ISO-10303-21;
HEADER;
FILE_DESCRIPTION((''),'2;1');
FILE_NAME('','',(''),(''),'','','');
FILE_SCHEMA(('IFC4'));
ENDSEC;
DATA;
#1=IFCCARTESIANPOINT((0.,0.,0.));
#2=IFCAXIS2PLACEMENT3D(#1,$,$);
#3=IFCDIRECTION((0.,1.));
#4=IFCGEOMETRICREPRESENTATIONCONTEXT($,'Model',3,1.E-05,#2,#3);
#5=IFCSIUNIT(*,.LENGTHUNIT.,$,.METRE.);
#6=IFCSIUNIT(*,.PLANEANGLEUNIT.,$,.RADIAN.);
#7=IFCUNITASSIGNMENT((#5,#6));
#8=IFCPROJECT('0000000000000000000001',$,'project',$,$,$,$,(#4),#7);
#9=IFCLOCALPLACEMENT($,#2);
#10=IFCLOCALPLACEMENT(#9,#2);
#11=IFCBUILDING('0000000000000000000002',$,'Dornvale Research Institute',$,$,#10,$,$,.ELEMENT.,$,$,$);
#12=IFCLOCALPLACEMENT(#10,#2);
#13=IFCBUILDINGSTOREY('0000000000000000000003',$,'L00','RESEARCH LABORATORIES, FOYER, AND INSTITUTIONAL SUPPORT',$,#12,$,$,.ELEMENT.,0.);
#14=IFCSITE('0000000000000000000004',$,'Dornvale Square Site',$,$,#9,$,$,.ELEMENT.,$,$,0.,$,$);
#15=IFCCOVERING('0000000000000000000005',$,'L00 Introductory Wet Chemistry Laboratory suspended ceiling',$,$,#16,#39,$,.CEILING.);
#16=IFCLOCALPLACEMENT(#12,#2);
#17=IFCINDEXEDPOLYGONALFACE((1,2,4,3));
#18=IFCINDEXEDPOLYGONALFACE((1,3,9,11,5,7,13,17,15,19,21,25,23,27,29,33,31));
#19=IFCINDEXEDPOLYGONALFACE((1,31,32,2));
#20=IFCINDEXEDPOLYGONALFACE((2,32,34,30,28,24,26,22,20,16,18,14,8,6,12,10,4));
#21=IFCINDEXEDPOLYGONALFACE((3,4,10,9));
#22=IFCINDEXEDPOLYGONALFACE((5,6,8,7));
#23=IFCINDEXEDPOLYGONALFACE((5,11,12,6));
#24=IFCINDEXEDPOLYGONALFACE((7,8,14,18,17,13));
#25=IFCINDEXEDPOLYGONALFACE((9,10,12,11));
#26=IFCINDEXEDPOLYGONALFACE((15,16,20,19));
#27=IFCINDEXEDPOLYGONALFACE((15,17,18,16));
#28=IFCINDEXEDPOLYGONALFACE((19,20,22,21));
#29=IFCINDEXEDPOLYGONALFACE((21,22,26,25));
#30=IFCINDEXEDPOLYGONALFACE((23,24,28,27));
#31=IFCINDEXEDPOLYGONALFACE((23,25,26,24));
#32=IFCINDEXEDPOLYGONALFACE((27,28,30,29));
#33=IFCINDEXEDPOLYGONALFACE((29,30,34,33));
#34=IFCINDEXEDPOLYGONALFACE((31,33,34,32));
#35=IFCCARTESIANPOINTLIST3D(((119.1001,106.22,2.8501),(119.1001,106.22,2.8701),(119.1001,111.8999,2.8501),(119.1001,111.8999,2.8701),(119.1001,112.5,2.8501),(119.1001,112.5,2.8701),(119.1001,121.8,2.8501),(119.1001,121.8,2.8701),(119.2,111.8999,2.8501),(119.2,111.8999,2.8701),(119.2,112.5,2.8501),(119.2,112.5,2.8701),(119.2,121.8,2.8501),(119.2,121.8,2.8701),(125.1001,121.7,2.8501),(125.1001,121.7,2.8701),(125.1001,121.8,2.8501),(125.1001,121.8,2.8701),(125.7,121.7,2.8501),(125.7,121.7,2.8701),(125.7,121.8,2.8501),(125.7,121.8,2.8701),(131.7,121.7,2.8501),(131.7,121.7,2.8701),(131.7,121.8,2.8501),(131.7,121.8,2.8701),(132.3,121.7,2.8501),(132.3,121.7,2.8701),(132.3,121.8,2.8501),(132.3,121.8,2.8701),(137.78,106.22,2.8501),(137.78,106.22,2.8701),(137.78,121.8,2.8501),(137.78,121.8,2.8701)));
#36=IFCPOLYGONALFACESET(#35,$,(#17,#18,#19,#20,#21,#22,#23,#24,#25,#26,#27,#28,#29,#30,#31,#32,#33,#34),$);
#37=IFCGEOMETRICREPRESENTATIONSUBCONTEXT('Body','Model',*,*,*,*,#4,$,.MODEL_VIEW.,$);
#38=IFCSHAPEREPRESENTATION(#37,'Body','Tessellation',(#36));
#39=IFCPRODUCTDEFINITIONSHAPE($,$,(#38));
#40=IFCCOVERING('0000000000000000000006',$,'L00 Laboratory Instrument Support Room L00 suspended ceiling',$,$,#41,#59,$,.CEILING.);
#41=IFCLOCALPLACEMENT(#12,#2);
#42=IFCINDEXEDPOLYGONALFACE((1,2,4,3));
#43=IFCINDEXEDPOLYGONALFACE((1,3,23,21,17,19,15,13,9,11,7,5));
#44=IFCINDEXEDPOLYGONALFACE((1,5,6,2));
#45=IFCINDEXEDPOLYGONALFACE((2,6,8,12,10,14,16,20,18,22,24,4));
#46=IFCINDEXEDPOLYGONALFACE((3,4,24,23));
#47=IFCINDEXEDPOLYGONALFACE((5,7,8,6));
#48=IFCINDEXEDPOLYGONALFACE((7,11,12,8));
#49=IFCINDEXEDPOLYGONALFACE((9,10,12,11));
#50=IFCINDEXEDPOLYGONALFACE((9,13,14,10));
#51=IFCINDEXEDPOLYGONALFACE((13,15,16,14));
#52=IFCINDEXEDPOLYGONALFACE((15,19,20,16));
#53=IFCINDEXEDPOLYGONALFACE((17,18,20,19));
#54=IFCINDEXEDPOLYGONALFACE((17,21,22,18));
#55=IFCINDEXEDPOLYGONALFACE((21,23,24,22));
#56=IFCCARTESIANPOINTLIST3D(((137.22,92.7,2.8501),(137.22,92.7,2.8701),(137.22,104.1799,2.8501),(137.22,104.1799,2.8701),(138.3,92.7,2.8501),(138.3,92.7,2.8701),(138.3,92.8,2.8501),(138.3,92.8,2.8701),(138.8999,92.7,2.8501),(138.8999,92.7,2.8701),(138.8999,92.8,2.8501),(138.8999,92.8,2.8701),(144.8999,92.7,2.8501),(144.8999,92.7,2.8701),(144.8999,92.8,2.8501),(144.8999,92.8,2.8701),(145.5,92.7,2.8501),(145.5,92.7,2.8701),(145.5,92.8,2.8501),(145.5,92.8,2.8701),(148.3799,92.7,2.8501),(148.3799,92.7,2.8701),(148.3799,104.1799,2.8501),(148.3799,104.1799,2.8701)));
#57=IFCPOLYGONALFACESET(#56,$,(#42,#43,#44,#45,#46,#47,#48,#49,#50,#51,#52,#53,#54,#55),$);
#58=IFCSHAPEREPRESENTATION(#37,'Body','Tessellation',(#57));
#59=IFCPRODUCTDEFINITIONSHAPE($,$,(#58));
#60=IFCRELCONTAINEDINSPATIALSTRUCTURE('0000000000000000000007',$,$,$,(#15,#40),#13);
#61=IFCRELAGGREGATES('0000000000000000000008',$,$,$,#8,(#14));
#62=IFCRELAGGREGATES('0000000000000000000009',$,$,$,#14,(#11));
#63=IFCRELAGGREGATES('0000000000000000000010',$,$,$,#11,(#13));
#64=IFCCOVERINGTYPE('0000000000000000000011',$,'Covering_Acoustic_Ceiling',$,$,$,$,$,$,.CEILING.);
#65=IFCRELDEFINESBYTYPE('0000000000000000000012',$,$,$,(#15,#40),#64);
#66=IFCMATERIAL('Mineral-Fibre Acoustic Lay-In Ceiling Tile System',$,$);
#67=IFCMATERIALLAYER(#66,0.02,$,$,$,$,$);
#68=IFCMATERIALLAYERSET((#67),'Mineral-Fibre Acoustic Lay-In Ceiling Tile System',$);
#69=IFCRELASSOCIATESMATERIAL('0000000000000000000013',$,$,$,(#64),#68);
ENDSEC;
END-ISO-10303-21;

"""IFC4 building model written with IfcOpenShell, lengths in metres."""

from ifc_helpers import new_model, si_unit, direction, frame, origin, place, context, subcontext, project, spatial, polyline, outline, extrude, material, layer, layer_set, type_object, element, save


model = new_model("IFC4")

# Units and contexts
model_context = context("Model", 3, precision=1e-05, world=origin(), true_north=direction((0.0, 1.0)))
body_context = subcontext(model_context, "Body", "Model", "MODEL_VIEW")
ifc_project = project(units=[si_unit("LENGTHUNIT", "METRE"), si_unit("PLANEANGLEUNIT", "RADIAN")], contexts=[model_context])

# Site, building, storey
site_placement = place(None, origin())
site = spatial("IfcSite", under=ifc_project, at=site_placement, Name="Dornvale Square Site", CompositionType="ELEMENT", RefElevation=0.0)
building_placement = place(site_placement, origin())
building = spatial("IfcBuilding", under=site, at=building_placement, Name="Dornvale Research Institute", CompositionType="ELEMENT")
storey_placement = place(building_placement, origin())
storey = spatial("IfcBuildingStorey", under=building, at=storey_placement, Name="L00", Description="RESEARCH LABORATORIES, FOYER, AND INSTITUTIONAL SUPPORT", CompositionType="ELEMENT", Elevation=0.0)

# Coverings
ifc_material_1 = material(Name="Mineral-Fibre Acoustic Lay-In Ceiling Tile System")
ifc_layer_1 = layer(ifc_material_1, 0.02)
ifc_layer_set_1 = layer_set([ifc_layer_1], Name="Mineral-Fibre Acoustic Lay-In Ceiling Tile System")
covering_type = type_object("IfcCoveringType", Name="Covering_Acoustic_Ceiling", PredefinedType="CEILING", material=ifc_layer_set_1)
covering_1_placement = place(storey_placement, frame((0.0, 0.0, 2.8501)))
element("IfcCovering", 1, at=covering_1_placement, inside=storey, type_object=covering_type, Name="L00 Introductory Wet Chemistry Laboratory suspended ceiling", PredefinedType="CEILING", context=body_context, shape_type="SweptSolid", body=[
    extrude(outline(polyline([(132.3, 121.8), (137.78, 121.8), (137.78, 106.22), (119.1001, 106.22), (119.1001, 111.8999), (119.2, 111.8999), (119.2, 112.5), (119.1001, 112.5), (119.1001, 121.8), (119.2, 121.8), (125.1001, 121.8), (125.1001, 121.7), (125.7, 121.7), (125.7, 121.8), (131.7, 121.8), (131.7, 121.7), (132.3, 121.7), (132.3, 121.8)])), origin(), (0.0, 0.0, 1.0), 0.02),
])
covering_2_placement = place(storey_placement, frame((0.0, 0.0, 2.8501)))
element("IfcCovering", 2, at=covering_2_placement, inside=storey, type_object=covering_type, Name="L00 Laboratory Instrument Support Room L00 suspended ceiling", PredefinedType="CEILING", context=body_context, shape_type="SweptSolid", body=[
    extrude(outline(polyline([(137.22, 92.7), (137.22, 104.1799), (148.3799, 104.1799), (148.3799, 92.7), (145.5, 92.7), (145.5, 92.8), (144.8999, 92.8), (144.8999, 92.7), (138.8999, 92.7), (138.8999, 92.8), (138.3, 92.8), (138.3, 92.7), (137.22, 92.7)])), origin(), (0.0, 0.0, 1.0), 0.02),
])

save(model, "model.ifc")
